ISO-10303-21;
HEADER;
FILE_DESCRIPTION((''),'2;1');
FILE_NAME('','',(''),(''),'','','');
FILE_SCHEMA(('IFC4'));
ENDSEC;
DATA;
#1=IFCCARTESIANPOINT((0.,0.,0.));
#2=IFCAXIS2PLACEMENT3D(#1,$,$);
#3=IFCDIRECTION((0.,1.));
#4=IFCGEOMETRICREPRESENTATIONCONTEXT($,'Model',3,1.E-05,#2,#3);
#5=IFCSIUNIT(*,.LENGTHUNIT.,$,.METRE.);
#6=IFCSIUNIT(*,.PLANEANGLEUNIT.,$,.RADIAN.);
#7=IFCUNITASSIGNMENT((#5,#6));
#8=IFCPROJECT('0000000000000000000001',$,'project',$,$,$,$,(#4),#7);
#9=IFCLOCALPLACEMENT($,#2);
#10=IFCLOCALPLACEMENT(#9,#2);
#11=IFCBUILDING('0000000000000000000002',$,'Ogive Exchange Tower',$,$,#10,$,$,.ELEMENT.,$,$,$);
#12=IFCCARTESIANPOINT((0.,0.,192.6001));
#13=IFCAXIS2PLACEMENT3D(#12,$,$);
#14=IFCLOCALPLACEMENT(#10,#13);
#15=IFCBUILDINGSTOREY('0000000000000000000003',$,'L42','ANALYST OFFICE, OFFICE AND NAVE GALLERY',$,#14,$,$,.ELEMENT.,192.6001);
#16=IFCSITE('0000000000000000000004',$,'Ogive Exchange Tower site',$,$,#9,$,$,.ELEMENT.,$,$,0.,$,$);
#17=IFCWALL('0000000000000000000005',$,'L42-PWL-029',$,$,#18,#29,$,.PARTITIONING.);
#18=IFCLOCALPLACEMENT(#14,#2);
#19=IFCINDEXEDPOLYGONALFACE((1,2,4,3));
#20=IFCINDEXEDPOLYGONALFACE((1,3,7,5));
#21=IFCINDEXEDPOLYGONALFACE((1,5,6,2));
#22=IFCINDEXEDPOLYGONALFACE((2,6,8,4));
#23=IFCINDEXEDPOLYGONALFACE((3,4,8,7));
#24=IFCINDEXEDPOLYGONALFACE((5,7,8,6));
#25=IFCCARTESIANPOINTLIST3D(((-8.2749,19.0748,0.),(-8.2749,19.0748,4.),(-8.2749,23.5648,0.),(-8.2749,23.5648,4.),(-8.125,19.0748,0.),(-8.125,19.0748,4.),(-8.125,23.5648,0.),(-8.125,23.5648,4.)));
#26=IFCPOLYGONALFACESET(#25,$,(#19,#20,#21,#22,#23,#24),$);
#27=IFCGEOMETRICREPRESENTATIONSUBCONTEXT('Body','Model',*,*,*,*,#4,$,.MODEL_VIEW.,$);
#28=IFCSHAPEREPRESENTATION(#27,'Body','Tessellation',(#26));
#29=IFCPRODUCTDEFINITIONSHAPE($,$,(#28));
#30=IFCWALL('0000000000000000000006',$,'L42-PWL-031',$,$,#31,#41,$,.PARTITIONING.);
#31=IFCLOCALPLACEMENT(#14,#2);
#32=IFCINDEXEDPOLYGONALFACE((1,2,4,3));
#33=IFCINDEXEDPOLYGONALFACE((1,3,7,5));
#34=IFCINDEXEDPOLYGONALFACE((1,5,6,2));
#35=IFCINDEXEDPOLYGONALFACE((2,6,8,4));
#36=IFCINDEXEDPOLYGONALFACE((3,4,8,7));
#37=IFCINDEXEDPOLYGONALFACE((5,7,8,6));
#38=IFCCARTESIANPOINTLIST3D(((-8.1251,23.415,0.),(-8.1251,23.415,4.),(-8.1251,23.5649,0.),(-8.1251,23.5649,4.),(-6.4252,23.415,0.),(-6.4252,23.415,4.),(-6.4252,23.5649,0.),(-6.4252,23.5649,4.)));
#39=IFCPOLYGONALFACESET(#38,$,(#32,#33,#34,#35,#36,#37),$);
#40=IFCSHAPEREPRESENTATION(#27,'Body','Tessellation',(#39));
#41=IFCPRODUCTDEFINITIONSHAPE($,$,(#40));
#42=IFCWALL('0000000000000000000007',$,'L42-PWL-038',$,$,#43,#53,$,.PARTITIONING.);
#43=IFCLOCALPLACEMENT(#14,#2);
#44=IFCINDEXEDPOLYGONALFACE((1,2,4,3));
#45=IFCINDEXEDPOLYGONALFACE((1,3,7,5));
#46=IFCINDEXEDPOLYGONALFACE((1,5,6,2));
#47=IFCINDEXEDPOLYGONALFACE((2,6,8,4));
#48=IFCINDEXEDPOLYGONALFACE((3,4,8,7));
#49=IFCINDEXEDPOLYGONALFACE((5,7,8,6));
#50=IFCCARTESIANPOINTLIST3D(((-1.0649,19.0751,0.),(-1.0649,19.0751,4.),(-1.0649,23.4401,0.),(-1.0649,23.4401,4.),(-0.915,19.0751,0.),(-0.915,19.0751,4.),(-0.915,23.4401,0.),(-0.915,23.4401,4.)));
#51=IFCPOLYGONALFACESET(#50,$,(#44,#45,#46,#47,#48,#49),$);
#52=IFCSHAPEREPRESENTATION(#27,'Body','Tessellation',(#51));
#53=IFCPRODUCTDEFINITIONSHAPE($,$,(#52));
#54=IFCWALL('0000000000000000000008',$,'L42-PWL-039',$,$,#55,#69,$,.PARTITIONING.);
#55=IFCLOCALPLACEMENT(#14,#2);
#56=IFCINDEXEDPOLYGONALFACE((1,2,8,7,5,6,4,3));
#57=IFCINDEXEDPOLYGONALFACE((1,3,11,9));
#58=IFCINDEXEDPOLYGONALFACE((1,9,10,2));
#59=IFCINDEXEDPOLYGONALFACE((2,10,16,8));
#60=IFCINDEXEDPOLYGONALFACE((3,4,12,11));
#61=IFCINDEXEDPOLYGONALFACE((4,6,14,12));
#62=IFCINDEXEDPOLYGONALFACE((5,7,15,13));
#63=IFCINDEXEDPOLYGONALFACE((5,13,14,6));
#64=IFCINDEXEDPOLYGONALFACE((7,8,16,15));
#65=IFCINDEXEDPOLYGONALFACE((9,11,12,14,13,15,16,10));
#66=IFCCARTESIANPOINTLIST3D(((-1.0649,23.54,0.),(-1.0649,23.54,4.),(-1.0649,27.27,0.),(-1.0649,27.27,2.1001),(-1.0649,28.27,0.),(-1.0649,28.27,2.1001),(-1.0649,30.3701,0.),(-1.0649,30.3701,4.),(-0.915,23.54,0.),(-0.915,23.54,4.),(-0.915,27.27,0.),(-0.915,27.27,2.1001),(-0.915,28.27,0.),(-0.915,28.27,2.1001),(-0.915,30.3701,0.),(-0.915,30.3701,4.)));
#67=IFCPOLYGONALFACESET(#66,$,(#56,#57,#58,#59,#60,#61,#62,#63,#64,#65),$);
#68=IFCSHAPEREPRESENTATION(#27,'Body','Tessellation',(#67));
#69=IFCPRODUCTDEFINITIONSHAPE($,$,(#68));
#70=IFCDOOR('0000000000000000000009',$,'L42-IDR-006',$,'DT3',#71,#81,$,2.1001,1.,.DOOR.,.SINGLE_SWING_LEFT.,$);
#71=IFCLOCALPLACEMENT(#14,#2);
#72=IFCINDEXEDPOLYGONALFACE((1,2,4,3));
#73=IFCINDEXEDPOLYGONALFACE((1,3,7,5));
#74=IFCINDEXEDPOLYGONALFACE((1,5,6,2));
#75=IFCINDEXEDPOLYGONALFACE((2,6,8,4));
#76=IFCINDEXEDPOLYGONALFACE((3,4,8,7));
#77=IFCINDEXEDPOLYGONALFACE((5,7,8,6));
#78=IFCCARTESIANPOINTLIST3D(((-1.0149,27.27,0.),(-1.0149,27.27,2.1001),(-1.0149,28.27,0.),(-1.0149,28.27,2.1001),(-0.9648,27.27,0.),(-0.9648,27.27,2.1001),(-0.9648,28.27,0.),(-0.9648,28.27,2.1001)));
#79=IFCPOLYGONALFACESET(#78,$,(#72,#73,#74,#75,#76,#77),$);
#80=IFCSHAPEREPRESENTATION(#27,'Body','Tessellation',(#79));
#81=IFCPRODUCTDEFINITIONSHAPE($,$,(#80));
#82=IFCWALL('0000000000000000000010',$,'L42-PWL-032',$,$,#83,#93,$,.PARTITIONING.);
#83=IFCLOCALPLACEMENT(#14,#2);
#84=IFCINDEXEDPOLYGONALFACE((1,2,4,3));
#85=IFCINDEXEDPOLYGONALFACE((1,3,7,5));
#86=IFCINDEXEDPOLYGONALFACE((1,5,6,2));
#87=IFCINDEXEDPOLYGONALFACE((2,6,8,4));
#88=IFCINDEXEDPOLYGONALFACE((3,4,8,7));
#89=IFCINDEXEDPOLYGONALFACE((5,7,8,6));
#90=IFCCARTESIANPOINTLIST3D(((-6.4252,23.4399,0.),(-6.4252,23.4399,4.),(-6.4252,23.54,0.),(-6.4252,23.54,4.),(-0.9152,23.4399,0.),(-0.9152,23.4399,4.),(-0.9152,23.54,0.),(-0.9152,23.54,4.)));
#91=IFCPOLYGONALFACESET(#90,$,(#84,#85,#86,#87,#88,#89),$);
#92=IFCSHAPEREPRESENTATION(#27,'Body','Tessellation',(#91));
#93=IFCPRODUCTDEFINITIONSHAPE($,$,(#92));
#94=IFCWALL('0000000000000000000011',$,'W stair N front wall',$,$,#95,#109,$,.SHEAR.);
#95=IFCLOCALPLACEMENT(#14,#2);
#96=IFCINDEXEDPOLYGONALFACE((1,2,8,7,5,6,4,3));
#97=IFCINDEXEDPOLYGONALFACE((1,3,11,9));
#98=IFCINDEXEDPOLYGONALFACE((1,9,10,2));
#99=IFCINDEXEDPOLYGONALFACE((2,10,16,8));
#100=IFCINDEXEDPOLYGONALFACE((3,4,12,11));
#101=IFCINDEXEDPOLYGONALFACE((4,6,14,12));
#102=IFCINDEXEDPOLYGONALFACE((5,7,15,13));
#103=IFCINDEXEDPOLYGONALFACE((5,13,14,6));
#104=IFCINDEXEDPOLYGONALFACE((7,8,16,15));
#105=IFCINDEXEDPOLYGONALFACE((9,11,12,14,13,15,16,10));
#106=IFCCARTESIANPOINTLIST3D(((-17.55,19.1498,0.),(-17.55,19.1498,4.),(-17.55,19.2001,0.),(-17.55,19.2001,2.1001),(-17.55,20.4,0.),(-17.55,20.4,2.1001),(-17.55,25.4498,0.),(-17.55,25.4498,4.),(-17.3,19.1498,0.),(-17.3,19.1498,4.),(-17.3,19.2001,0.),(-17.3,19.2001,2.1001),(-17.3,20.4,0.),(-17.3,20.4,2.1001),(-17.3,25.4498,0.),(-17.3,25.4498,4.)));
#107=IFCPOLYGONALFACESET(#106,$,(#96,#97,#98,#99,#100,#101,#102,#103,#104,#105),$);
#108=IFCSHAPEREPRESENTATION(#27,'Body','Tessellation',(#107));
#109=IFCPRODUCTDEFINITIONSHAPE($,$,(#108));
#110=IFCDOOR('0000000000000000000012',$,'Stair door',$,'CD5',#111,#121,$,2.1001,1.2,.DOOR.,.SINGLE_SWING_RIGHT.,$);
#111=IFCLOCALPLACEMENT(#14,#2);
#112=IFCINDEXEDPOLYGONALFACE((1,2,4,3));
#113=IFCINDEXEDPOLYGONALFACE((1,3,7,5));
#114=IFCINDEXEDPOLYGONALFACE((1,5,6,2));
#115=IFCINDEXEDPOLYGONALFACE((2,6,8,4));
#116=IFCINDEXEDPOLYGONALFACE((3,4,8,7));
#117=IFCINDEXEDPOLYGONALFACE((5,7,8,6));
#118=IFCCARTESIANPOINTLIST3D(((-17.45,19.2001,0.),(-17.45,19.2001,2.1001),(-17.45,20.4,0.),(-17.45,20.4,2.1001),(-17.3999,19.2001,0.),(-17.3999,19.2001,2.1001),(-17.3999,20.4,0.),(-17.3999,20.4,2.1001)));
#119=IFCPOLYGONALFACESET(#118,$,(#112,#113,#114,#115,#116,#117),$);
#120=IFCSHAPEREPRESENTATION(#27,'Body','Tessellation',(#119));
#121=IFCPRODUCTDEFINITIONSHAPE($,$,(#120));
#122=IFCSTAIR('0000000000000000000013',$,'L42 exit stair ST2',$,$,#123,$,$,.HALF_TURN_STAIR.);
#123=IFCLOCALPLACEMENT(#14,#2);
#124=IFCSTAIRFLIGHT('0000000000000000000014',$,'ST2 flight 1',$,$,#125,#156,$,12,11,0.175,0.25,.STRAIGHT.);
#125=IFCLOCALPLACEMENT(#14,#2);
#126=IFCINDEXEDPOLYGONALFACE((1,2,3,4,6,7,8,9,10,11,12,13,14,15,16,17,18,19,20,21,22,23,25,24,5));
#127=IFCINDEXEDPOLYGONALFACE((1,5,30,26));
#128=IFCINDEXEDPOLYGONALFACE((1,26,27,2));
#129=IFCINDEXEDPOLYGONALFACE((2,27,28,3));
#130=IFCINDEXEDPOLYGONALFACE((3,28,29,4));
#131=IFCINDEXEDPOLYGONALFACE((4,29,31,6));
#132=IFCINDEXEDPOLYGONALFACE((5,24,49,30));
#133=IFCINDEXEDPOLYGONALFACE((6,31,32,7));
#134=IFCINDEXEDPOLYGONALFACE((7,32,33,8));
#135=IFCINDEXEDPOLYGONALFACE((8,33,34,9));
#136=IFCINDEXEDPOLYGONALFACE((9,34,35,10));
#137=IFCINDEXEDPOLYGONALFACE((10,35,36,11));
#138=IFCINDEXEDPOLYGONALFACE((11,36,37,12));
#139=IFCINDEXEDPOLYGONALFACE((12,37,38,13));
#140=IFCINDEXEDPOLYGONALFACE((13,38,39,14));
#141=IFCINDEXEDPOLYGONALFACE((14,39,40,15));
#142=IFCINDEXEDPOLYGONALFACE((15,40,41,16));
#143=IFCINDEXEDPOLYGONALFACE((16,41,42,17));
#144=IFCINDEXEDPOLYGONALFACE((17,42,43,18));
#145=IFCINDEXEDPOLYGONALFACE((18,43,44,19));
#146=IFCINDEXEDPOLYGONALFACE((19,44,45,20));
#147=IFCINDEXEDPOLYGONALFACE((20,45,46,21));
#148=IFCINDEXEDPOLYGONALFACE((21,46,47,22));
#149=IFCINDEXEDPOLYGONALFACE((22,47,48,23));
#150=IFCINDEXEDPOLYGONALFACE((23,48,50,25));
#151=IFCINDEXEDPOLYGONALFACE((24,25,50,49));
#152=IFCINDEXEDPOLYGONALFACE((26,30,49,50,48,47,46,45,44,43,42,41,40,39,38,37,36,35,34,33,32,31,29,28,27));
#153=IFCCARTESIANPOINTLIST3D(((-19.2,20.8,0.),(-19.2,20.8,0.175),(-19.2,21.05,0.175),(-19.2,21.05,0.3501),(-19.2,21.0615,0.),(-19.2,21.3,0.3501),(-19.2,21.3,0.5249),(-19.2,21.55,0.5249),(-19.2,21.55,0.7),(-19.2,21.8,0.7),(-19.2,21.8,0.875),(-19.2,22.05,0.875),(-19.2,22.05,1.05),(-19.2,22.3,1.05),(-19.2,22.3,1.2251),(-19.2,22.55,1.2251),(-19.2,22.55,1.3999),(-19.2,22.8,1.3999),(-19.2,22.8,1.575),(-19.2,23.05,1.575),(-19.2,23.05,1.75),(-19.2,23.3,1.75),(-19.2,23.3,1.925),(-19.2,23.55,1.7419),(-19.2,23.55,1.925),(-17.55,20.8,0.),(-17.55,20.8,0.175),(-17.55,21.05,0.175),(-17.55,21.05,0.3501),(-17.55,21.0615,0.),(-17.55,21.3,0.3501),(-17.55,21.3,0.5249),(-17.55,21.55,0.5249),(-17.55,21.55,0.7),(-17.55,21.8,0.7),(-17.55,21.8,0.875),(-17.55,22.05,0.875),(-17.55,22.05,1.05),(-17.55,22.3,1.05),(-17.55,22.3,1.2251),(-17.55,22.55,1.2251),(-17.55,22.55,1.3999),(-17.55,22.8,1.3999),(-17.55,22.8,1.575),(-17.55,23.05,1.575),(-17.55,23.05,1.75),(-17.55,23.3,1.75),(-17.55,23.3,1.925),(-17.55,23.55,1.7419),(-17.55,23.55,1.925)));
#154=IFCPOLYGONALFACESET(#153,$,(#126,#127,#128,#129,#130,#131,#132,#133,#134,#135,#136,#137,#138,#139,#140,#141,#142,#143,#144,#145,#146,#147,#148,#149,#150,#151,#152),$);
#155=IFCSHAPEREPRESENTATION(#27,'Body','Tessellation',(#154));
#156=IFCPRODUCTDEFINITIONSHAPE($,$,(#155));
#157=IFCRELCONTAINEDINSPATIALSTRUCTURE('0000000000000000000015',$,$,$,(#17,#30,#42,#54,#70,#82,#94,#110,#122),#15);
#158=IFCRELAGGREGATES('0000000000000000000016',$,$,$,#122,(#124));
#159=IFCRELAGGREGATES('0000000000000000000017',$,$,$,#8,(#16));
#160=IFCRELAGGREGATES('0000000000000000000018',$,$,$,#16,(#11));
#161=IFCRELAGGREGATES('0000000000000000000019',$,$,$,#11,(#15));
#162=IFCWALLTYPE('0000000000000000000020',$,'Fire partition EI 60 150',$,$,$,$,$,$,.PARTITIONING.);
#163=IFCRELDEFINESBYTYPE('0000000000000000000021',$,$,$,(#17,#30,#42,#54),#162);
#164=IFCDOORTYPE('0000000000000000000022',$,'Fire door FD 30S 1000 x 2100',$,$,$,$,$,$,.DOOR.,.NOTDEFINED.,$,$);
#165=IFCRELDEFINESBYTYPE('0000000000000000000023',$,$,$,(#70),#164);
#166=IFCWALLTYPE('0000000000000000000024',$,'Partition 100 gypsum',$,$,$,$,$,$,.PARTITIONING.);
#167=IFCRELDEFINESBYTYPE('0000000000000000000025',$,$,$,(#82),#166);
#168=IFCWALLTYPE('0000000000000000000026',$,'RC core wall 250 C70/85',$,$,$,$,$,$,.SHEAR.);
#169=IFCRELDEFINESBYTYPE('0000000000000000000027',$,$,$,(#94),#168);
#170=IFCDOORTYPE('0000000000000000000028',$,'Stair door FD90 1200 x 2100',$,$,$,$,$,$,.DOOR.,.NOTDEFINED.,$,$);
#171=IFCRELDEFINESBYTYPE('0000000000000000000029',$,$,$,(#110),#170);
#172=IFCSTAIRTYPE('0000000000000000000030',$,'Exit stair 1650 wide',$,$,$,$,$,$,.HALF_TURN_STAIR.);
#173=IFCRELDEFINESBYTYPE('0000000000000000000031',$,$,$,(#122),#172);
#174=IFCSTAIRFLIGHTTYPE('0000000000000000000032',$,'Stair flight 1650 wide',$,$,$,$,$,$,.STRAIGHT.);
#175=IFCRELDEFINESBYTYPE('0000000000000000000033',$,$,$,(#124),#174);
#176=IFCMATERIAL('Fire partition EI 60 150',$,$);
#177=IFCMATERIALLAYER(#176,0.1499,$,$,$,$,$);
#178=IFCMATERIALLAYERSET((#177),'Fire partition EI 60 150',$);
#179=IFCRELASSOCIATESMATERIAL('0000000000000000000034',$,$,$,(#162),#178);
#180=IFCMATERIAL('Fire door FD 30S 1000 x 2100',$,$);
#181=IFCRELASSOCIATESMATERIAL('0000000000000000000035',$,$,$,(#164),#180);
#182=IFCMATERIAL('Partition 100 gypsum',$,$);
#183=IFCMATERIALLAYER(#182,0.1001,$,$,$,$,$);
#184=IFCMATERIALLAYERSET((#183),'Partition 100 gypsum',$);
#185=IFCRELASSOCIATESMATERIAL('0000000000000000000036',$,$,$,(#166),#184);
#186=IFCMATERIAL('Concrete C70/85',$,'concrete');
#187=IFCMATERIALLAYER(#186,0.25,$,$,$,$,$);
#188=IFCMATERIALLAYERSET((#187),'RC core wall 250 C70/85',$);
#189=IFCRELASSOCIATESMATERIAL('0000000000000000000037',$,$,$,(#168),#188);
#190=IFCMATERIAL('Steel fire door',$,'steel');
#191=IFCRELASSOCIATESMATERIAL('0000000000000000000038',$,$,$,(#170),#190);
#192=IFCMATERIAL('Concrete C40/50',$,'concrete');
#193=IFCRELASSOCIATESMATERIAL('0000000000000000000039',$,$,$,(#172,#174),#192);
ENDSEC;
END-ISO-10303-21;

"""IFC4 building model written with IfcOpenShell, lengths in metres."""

from ifc_helpers import new_model, si_unit, direction, frame, frame_2d, origin, place, context, subcontext, project, spatial, polyline, rectangle, outline, extrude, material, layer, layer_set, type_object, element, fill, aggregate, save


model = new_model("IFC4")

# Units and contexts
model_context = context("Model", 3, precision=1e-05, world=origin(), true_north=direction((0.0, 1.0)))
body_context = subcontext(model_context, "Body", "Model", "MODEL_VIEW")
ifc_project = project(units=[si_unit("LENGTHUNIT", "METRE"), si_unit("PLANEANGLEUNIT", "RADIAN")], contexts=[model_context])

# Site, building, storey
site_placement = place(None, origin())
site = spatial("IfcSite", under=ifc_project, at=site_placement, Name="Ogive Exchange Tower site", CompositionType="ELEMENT", RefElevation=0.0)
building_placement = place(site_placement, origin())
building = spatial("IfcBuilding", under=site, at=building_placement, Name="Ogive Exchange Tower", CompositionType="ELEMENT")
storey_placement = place(building_placement, frame((0.0, 0.0, 192.6001)))
storey = spatial("IfcBuildingStorey", under=building, at=storey_placement, Name="L42", Description="ANALYST OFFICE, OFFICE AND NAVE GALLERY", CompositionType="ELEMENT", Elevation=192.6001)

# Shared definitions
ifc_material_1 = material(Name="Fire partition EI 60 150")
ifc_layer_1 = layer(ifc_material_1, 0.1499)
ifc_layer_set_1 = layer_set([ifc_layer_1], Name="Fire partition EI 60 150")
wall_type_1 = type_object("IfcWallType", Name="Fire partition EI 60 150", PredefinedType="PARTITIONING", material=ifc_layer_set_1)
ifc_material_2 = material(Name="Fire door FD 30S 1000 x 2100")
door_type_1 = type_object("IfcDoorType", Name="Fire door FD 30S 1000 x 2100", OperationType="NOTDEFINED", PredefinedType="DOOR", material=ifc_material_2)

# Walls
wall_1_placement = place(storey_placement, frame((-8.2, 23.5649, 0.0), z_axis=(0.0, 0.0, 1.0), x_axis=(0.0, -1.0, 0.0)))
element("IfcWall", 1, at=wall_1_placement, inside=storey, type_object=wall_type_1, Name="L42-PWL-029", PredefinedType="PARTITIONING", context=body_context, shape_type="SweptSolid", body=[
    extrude(rectangle(XDim=4.49, YDim=0.1499, at=frame_2d((2.2451, 0.0))), origin(), (0.0, 0.0, 1.0), 4.0),
])
wall_2_placement = place(storey_placement, frame((-6.425, 23.49, 0.0), z_axis=(0.0, 0.0, 1.0), x_axis=(-1.0, 0.0, 0.0)))
element("IfcWall", 2, at=wall_2_placement, inside=storey, type_object=wall_type_1, Name="L42-PWL-031", PredefinedType="PARTITIONING", context=body_context, shape_type="SweptSolid", body=[
    extrude(rectangle(XDim=1.7, YDim=0.1499, at=frame_2d((0.8501, 0.0))), origin(), (0.0, 0.0, 1.0), 4.0),
])
wall_3_placement = place(storey_placement, frame((-0.99, 19.075, 0.0), z_axis=(0.0, 0.0, 1.0), x_axis=(0.0, 1.0, 0.0)))
element("IfcWall", 3, at=wall_3_placement, inside=storey, type_object=wall_type_1, Name="L42-PWL-038", PredefinedType="PARTITIONING", context=body_context, shape_type="SweptSolid", body=[
    extrude(rectangle(XDim=4.365, YDim=0.1499, at=frame_2d((2.1826, 0.0))), origin(), (0.0, 0.0, 1.0), 4.0),
])

# Wall, opening, door
wall_4_placement = place(storey_placement, frame((-0.99, 23.54, 0.0), z_axis=(0.0, 0.0, 1.0), x_axis=(0.0, 1.0, 0.0)))
wall_4 = element("IfcWall", 4, at=wall_4_placement, inside=storey, type_object=wall_type_1, Name="L42-PWL-039", PredefinedType="PARTITIONING", context=body_context, shape_type="SweptSolid", body=[
    extrude(rectangle(XDim=6.8301, YDim=0.1499, at=frame_2d((3.415, 0.0))), origin(), (0.0, 0.0, 1.0), 4.0),
])
opening_1_placement = place(wall_4_placement, frame((3.73, 0.0, 0.0)))
opening_1 = element("IfcOpeningElement", 5, at=opening_1_placement, cuts=wall_4, PredefinedType="OPENING", context=body_context, shape_type="SweptSolid", body=[
    extrude(rectangle(XDim=1.0, YDim=2.1001, at=frame_2d((0.5, 1.05))), frame((0.0, 0.085, 0.0), z_axis=(0.0, -1.0, 0.0), x_axis=(1.0, 0.0, 0.0)), (0.0, 0.0, 1.0), 0.1699),
])
door_1_placement = place(opening_1_placement, origin())
door_1 = element("IfcDoor", 6, at=door_1_placement, inside=storey, type_object=door_type_1, Name="L42-IDR-006", ObjectType="DT3", OperationType="SINGLE_SWING_LEFT", OverallHeight=2.1001, OverallWidth=1.0, PredefinedType="DOOR", context=body_context, shape_type="SweptSolid", body=[
    extrude(rectangle(XDim=1.0, YDim=2.1001, at=frame_2d((0.5, 1.05))), frame((0.0, 0.0249, 0.0), z_axis=(0.0, -1.0, 0.0), x_axis=(1.0, 0.0, 0.0)), (0.0, 0.0, 1.0), 0.05),
])
fill(opening_1, door_1)

# Wall
ifc_material_3 = material(Name="Partition 100 gypsum")
ifc_layer_2 = layer(ifc_material_3, 0.1001)
ifc_layer_set_2 = layer_set([ifc_layer_2], Name="Partition 100 gypsum")
wall_type_2 = type_object("IfcWallType", Name="Partition 100 gypsum", PredefinedType="PARTITIONING", material=ifc_layer_set_2)
wall_5_placement = place(storey_placement, frame((-6.425, 23.49, 0.0), z_axis=(0.0, 0.0, 1.0), x_axis=(1.0, 0.0, 0.0)))
element("IfcWall", 7, at=wall_5_placement, inside=storey, type_object=wall_type_2, Name="L42-PWL-032", PredefinedType="PARTITIONING", context=body_context, shape_type="SweptSolid", body=[
    extrude(rectangle(XDim=5.51, YDim=0.1001, at=frame_2d((2.7549, 0.0))), origin(), (0.0, 0.0, 1.0), 4.0),
])

# Wall, opening, door
ifc_material_4 = material(Name="Concrete C70/85", Category="concrete")
ifc_layer_3 = layer(ifc_material_4, 0.25)
ifc_layer_set_3 = layer_set([ifc_layer_3], Name="RC core wall 250 C70/85")
wall_type_3 = type_object("IfcWallType", Name="RC core wall 250 C70/85", PredefinedType="SHEAR", material=ifc_layer_set_3)
wall_6_placement = place(storey_placement, frame((-17.425, 19.1499, 0.0), z_axis=(0.0, 0.0, 1.0), x_axis=(0.0, 1.0, 0.0)))
wall_6 = element("IfcWall", 8, at=wall_6_placement, inside=storey, type_object=wall_type_3, Name="W stair N front wall", PredefinedType="SHEAR", context=body_context, shape_type="SweptSolid", body=[
    extrude(rectangle(XDim=6.3, YDim=0.25, at=frame_2d((3.1499, 0.0))), origin(), (0.0, 0.0, 1.0), 4.0),
])
opening_2_placement = place(wall_6_placement, frame((0.05, 0.0, 0.0)))
opening_2 = element("IfcOpeningElement", 9, at=opening_2_placement, cuts=wall_6, PredefinedType="OPENING", context=body_context, shape_type="SweptSolid", body=[
    extrude(rectangle(XDim=1.2, YDim=2.1001, at=frame_2d((0.6001, 1.05))), frame((0.0, 0.135, 0.0), z_axis=(0.0, -1.0, 0.0), x_axis=(1.0, 0.0, 0.0)), (0.0, 0.0, 1.0), 0.27),
])
ifc_material_5 = material(Name="Steel fire door", Category="steel")
door_type_2 = type_object("IfcDoorType", Name="Stair door FD90 1200 x 2100", OperationType="NOTDEFINED", PredefinedType="DOOR", material=ifc_material_5)
door_2_placement = place(opening_2_placement, origin())
door_2 = element("IfcDoor", 10, at=door_2_placement, inside=storey, type_object=door_type_2, Name="Stair door", ObjectType="CD5", OperationType="SINGLE_SWING_RIGHT", OverallHeight=2.1001, OverallWidth=1.2, PredefinedType="DOOR", context=body_context, shape_type="SweptSolid", body=[
    extrude(rectangle(XDim=1.2, YDim=2.1001, at=frame_2d((0.6001, 1.05))), frame((0.0, 0.0249, 0.0), z_axis=(0.0, -1.0, 0.0), x_axis=(1.0, 0.0, 0.0)), (0.0, 0.0, 1.0), 0.05),
])
fill(opening_2, door_2)

# Stair, stair flight
ifc_material_6 = material(Name="Concrete C40/50", Category="concrete")
stair_type = type_object("IfcStairType", Name="Exit stair 1650 wide", PredefinedType="HALF_TURN_STAIR", material=ifc_material_6)
stair_placement = place(storey_placement, origin())
stair = element("IfcStair", 11, at=stair_placement, inside=storey, type_object=stair_type, Name="L42 exit stair ST2", PredefinedType="HALF_TURN_STAIR")
stair_flight_type = type_object("IfcStairFlightType", Name="Stair flight 1650 wide", PredefinedType="STRAIGHT", material=ifc_material_6)
stair_flight_1_placement = place(storey_placement, frame((-18.375, 20.8, 0.0), z_axis=(0.0, 0.0, 1.0), x_axis=(0.0, 1.0, 0.0)))
stair_flight_1 = element("IfcStairFlight", 12, at=stair_flight_1_placement, type_object=stair_flight_type, Name="ST2 flight 1", NumberOfRisers=12, NumberOfTreads=11, PredefinedType="STRAIGHT", RiserHeight=0.175, TreadLength=0.25, context=body_context, shape_type="SweptSolid", body=[
    extrude(outline(polyline([(0.0, 0.0), (0.0, 0.175), (0.25, 0.175), (0.25, 0.3501), (0.5, 0.3501), (0.5, 0.5249), (0.75, 0.5249), (0.75, 0.7), (1.0, 0.7), (1.0, 0.875), (1.25, 0.875), (1.25, 1.05), (1.5, 1.05), (1.5, 1.2251), (1.75, 1.2251), (1.75, 1.3999), (2.0, 1.3999), (2.0, 1.575), (2.25, 1.575), (2.25, 1.75), (2.5, 1.75), (2.5, 1.925), (2.75, 1.925), (2.75, 2.1001), (2.75, 1.7419), (0.2615, 0.0), (0.0, 0.0)])), frame((0.0, 0.825, 0.0), z_axis=(0.0, -1.0, 0.0), x_axis=(1.0, 0.0, 0.0)), (0.0, 0.0, 1.0), 1.6499),
])
aggregate(stair, [stair_flight_1])

save(model, "model.ifc")
